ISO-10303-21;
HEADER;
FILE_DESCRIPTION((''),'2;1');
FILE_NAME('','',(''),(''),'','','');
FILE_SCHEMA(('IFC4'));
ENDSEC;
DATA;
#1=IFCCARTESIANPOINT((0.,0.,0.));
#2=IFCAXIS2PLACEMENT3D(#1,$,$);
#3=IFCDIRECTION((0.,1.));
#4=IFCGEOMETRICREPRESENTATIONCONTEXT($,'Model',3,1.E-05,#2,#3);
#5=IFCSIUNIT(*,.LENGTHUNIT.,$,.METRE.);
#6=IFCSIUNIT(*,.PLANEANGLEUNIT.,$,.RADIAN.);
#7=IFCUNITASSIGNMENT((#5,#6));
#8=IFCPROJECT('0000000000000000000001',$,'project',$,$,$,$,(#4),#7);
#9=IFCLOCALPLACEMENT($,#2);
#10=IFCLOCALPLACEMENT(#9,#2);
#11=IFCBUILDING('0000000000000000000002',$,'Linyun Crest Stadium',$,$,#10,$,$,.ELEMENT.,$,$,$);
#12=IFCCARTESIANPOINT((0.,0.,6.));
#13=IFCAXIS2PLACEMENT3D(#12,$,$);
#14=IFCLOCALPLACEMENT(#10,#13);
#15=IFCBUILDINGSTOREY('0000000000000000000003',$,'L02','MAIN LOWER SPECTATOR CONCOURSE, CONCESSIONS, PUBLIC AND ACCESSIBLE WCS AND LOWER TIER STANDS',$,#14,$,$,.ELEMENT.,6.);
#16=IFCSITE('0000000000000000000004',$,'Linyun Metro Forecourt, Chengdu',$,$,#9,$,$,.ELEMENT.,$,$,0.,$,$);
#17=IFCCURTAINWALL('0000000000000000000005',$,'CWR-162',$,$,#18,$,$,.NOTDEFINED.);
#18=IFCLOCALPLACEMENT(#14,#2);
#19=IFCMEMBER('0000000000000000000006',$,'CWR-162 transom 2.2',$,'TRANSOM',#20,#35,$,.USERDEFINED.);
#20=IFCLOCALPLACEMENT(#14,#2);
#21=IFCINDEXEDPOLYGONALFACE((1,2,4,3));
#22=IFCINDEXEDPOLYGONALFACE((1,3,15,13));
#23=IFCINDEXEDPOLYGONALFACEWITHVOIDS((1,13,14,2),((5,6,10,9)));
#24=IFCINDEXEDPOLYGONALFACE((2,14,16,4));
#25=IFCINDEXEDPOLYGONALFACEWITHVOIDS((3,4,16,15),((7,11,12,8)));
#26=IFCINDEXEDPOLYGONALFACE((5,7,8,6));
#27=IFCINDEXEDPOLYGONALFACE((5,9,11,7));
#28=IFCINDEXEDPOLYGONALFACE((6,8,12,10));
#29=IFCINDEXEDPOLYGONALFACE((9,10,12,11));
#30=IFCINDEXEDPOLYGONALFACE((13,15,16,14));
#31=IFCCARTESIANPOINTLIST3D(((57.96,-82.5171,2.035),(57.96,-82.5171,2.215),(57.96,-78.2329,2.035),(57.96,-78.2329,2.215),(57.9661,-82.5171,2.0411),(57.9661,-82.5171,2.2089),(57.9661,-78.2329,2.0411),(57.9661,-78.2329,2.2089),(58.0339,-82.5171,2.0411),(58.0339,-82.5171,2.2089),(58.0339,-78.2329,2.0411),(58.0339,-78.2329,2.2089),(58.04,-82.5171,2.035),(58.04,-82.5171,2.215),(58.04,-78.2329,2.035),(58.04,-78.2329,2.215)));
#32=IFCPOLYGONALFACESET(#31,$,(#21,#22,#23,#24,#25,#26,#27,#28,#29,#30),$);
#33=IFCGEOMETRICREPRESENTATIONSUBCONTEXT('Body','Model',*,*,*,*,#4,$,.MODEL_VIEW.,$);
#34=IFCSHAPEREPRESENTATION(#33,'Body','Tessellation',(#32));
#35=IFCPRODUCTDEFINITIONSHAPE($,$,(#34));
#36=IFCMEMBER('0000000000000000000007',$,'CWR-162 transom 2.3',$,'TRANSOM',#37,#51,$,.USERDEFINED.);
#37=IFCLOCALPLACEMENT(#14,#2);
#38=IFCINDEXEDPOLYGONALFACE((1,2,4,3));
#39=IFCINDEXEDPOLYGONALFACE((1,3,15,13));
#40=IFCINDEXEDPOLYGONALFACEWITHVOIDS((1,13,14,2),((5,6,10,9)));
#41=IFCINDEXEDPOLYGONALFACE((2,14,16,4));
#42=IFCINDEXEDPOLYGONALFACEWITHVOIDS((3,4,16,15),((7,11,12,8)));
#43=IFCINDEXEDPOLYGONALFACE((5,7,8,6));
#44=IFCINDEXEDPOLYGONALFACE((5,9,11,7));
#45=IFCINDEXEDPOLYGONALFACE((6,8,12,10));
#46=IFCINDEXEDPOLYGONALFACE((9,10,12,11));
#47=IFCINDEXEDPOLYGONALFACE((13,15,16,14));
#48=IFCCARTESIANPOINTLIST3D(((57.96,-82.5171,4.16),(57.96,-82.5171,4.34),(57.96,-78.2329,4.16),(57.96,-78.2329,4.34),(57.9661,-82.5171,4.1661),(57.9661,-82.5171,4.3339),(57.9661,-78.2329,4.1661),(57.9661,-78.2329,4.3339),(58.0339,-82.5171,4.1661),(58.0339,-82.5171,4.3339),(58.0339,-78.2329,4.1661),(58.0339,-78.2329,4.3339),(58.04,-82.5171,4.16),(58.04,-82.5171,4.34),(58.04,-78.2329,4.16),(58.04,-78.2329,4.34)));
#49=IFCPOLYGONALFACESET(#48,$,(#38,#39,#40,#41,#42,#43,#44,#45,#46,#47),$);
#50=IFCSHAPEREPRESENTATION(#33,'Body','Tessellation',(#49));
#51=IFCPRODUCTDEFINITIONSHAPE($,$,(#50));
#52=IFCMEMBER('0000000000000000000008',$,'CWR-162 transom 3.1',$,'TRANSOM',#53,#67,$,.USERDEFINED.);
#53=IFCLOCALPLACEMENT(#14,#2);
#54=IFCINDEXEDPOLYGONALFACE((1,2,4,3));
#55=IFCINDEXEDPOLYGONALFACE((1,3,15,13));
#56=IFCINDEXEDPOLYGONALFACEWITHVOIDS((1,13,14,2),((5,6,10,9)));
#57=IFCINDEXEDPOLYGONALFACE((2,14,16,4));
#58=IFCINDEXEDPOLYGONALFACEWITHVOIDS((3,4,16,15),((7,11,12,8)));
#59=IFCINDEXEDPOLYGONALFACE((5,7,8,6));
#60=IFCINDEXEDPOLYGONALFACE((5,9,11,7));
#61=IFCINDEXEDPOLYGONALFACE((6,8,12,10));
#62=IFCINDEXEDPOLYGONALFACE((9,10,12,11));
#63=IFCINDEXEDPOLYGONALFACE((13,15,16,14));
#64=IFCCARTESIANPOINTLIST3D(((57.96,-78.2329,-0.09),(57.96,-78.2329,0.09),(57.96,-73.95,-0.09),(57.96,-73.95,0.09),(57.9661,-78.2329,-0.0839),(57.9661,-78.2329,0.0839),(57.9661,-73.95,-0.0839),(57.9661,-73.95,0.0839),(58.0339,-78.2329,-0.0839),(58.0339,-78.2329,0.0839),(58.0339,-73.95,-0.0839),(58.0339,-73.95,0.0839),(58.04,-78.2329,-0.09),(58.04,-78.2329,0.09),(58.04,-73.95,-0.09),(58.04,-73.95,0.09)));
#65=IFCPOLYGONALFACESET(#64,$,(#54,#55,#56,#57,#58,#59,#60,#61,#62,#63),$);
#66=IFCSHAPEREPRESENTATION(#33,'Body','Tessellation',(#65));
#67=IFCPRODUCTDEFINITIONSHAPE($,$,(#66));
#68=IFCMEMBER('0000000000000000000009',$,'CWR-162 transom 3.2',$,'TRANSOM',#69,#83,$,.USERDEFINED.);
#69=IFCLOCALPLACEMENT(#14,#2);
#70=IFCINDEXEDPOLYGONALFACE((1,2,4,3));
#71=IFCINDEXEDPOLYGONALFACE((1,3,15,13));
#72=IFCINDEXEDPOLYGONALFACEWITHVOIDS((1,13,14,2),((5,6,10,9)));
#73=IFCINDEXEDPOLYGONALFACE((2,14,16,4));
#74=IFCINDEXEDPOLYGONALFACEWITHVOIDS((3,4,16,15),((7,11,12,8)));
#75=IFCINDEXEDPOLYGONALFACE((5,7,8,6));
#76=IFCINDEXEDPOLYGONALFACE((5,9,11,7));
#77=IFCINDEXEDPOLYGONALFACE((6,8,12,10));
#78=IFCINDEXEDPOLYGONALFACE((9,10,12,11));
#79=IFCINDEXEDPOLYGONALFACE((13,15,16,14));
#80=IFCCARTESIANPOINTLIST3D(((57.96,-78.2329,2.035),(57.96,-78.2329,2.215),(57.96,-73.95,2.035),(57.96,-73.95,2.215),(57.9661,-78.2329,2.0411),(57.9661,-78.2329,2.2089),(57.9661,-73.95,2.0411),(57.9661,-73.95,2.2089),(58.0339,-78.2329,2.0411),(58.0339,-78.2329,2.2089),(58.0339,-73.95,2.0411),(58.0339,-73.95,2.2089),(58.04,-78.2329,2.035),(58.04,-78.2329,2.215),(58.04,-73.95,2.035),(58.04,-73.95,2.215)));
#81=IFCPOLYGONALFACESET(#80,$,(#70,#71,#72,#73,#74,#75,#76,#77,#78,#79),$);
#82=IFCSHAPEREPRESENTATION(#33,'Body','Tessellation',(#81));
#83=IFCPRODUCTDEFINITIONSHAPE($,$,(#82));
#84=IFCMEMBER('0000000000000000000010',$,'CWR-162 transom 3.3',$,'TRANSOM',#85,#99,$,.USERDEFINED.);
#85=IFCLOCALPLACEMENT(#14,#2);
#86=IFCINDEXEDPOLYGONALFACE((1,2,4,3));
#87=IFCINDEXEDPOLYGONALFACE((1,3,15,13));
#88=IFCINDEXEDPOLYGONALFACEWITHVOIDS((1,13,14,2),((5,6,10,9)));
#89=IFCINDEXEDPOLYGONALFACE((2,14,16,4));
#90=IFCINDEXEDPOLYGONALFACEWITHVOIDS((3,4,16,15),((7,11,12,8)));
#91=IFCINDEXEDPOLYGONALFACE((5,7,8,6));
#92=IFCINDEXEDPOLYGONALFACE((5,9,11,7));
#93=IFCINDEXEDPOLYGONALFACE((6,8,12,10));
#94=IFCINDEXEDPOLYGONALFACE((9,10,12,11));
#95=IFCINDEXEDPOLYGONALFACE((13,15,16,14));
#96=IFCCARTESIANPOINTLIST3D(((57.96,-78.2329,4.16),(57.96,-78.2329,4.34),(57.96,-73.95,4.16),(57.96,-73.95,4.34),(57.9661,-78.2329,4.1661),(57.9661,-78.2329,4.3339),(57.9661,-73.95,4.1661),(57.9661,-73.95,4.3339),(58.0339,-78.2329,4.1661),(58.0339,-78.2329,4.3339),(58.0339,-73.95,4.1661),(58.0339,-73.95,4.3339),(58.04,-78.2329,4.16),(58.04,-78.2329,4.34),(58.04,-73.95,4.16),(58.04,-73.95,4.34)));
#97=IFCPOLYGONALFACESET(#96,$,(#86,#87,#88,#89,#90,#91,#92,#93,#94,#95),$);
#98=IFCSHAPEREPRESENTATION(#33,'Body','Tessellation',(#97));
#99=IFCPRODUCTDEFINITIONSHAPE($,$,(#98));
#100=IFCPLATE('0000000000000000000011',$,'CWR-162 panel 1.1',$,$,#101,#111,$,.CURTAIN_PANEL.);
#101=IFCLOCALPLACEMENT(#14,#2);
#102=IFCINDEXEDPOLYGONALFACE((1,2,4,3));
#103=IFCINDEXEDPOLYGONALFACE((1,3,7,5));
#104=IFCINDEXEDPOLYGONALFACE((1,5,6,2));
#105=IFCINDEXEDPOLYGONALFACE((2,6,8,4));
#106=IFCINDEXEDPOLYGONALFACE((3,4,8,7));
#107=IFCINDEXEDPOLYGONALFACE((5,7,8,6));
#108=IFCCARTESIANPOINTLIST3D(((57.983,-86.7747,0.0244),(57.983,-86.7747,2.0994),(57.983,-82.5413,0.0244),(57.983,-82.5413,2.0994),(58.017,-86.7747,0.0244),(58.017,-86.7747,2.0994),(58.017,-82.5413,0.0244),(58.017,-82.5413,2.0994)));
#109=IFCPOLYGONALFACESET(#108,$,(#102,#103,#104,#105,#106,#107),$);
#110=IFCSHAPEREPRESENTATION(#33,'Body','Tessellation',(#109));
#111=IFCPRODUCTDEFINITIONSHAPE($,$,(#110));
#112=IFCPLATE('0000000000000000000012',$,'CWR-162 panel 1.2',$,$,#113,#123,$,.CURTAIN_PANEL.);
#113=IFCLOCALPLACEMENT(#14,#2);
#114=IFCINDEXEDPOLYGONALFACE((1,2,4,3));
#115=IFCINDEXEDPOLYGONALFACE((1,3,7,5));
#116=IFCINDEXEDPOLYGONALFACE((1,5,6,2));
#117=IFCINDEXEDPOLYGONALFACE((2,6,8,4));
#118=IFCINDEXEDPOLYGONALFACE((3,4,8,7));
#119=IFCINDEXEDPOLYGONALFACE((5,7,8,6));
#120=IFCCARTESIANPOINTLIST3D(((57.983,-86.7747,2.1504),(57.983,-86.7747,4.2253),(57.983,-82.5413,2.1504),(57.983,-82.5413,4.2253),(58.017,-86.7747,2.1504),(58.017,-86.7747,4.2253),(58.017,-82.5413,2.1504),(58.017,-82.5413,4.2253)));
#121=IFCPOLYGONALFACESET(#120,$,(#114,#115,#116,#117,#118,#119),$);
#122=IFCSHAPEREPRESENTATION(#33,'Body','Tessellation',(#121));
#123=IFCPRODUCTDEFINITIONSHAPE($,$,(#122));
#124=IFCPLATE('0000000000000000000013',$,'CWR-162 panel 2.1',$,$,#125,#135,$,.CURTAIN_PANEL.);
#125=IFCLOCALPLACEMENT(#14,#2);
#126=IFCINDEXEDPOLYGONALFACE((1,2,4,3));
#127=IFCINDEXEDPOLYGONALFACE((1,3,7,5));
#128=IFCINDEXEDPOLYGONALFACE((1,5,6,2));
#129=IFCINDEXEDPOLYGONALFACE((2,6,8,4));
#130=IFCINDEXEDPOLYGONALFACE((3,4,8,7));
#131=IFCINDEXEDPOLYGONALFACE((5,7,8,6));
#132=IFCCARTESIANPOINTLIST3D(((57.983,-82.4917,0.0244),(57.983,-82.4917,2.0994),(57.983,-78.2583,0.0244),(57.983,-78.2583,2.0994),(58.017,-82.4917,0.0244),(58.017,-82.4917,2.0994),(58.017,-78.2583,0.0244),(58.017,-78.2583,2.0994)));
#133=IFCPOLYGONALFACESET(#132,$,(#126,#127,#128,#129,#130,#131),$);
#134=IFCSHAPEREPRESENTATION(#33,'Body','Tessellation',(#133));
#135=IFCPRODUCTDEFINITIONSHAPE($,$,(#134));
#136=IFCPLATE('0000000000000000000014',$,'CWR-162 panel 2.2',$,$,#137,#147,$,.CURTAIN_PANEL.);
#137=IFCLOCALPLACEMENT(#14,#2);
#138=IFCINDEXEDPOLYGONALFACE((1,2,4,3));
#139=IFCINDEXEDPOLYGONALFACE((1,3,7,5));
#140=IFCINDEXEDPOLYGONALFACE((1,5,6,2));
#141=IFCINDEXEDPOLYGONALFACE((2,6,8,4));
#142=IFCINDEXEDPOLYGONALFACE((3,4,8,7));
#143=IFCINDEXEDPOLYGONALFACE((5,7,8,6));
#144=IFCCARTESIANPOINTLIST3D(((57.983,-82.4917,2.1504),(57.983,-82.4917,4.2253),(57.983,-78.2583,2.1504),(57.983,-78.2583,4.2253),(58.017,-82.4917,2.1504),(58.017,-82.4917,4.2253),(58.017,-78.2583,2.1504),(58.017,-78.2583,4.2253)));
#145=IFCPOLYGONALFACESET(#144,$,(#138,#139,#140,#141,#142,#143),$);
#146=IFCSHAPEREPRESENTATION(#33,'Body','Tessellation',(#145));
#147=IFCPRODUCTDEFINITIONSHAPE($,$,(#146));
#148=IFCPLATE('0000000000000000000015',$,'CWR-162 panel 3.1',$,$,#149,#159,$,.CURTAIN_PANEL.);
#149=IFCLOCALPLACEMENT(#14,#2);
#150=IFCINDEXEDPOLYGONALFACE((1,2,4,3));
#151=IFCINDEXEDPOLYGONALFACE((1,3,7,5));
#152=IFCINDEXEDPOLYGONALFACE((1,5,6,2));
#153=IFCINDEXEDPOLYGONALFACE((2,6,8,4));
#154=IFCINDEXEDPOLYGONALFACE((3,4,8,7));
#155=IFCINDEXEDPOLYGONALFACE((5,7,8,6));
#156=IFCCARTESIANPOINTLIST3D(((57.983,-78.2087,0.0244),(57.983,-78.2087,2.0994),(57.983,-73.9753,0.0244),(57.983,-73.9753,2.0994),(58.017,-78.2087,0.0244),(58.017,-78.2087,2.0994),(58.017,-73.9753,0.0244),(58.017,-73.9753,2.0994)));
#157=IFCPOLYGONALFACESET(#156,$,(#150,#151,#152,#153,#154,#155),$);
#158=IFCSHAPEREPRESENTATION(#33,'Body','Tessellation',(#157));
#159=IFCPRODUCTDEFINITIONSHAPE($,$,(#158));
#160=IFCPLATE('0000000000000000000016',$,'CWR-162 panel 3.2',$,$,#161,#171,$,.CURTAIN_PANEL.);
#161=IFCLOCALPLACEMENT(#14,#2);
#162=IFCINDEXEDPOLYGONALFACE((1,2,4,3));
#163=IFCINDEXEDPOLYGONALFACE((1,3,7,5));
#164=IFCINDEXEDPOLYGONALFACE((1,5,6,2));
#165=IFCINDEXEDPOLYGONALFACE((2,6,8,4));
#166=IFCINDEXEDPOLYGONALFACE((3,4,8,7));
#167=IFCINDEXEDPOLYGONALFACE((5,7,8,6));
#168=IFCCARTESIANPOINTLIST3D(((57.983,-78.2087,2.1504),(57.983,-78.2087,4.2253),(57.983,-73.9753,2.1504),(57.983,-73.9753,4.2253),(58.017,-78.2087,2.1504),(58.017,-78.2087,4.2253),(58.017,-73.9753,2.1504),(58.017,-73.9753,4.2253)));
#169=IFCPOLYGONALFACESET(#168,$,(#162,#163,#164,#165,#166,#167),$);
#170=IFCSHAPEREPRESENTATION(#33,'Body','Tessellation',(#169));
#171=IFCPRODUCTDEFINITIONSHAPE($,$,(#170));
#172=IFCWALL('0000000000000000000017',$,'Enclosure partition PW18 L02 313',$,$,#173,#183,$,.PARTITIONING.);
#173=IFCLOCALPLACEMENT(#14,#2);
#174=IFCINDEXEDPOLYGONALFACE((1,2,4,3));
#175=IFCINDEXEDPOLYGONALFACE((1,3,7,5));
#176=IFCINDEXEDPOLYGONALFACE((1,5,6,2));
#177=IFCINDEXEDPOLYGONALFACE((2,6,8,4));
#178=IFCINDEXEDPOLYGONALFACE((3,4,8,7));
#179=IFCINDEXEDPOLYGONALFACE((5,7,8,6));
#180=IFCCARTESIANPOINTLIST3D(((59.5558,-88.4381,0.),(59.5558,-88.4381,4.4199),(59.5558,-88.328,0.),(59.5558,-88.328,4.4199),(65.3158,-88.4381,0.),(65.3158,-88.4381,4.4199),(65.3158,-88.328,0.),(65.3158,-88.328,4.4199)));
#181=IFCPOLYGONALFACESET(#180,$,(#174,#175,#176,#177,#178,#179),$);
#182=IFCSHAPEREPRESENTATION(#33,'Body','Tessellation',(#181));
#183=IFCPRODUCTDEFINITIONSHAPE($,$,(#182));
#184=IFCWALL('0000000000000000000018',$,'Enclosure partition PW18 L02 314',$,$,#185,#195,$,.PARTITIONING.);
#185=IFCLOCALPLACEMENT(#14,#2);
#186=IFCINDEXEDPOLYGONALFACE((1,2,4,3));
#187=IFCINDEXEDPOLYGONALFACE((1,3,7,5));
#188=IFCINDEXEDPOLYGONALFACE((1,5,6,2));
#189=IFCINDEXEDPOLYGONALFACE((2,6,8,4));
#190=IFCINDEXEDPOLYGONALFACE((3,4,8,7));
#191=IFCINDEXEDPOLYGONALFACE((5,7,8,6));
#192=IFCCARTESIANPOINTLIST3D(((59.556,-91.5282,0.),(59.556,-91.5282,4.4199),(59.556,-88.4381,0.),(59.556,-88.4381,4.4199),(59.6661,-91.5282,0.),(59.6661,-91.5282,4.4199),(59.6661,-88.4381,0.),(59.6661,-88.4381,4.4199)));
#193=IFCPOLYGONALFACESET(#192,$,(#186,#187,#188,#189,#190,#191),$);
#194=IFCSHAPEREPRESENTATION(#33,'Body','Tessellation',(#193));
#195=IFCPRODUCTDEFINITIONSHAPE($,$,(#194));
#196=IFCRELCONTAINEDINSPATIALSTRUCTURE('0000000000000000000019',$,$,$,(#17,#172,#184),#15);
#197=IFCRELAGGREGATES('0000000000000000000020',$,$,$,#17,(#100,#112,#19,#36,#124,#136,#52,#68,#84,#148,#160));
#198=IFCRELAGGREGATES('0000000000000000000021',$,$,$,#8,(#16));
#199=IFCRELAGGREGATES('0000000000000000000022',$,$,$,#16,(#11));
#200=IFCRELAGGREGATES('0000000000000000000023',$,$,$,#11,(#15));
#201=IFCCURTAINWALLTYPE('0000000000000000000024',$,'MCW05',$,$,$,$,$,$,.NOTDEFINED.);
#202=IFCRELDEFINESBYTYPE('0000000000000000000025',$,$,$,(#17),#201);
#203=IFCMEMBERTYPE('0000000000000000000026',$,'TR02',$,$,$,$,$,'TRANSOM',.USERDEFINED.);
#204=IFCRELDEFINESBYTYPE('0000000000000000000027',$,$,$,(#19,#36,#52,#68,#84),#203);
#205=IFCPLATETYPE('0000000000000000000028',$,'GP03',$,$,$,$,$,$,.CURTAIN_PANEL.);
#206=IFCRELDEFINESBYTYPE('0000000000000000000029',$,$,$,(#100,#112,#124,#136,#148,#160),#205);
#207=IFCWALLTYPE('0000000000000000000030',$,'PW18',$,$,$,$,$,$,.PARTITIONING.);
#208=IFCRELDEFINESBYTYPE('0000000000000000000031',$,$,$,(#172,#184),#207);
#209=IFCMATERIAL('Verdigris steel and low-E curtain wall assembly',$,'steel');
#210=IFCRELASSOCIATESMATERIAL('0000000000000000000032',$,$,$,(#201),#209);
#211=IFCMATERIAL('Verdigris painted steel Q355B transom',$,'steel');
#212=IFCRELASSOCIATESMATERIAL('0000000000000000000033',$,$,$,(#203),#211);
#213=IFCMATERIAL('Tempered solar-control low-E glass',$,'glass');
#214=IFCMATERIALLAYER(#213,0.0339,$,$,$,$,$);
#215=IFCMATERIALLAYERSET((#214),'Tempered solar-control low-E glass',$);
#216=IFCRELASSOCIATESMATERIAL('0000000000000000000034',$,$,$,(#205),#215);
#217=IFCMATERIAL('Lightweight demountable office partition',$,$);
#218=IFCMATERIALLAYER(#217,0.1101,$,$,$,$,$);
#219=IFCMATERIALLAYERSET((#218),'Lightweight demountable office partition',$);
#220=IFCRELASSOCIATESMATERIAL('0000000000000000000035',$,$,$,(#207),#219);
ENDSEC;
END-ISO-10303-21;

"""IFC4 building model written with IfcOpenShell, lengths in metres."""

from ifc_helpers import new_model, si_unit, direction, frame, frame_2d, origin, origin_2d, place, context, subcontext, project, spatial, rectangle, hollow_rectangle, extrude, material, layer, layer_set, material_profile, profile_set, type_object, element, aggregate, save


model = new_model("IFC4")

# Units and contexts
model_context = context("Model", 3, precision=1e-05, world=origin(), true_north=direction((0.0, 1.0)))
body_context = subcontext(model_context, "Body", "Model", "MODEL_VIEW")
ifc_project = project(units=[si_unit("LENGTHUNIT", "METRE"), si_unit("PLANEANGLEUNIT", "RADIAN")], contexts=[model_context])

# Site, building, storey
site_placement = place(None, origin())
site = spatial("IfcSite", under=ifc_project, at=site_placement, Name="Linyun Metro Forecourt, Chengdu", CompositionType="ELEMENT", RefElevation=0.0)
building_placement = place(site_placement, origin())
building = spatial("IfcBuilding", under=site, at=building_placement, Name="Linyun Crest Stadium", CompositionType="ELEMENT")
storey_placement = place(building_placement, frame((0.0, 0.0, 6.0)))
storey = spatial("IfcBuildingStorey", under=building, at=storey_placement, Name="L02", Description="MAIN LOWER SPECTATOR CONCOURSE, CONCESSIONS, PUBLIC AND ACCESSIBLE WCS AND LOWER TIER STANDS", CompositionType="ELEMENT", Elevation=6.0)

# Curtain wall
ifc_material_1 = material(Name="Verdigris steel and low-E curtain wall assembly", Category="steel")
curtain_wall_type = type_object("IfcCurtainWallType", Name="MCW05", PredefinedType="NOTDEFINED", material=ifc_material_1)
curtain_wall_placement = place(storey_placement, origin())
curtain_wall = element("IfcCurtainWall", 1, at=curtain_wall_placement, inside=storey, type_object=curtain_wall_type, Name="CWR-162", PredefinedType="NOTDEFINED")

# Members
ifc_material_2 = material(Name="Verdigris painted steel Q355B transom", Category="steel")
ifc_material_profile_1 = material_profile(ifc_material_2, hollow_rectangle(XDim=0.0801, YDim=0.1799, WallThickness=0.0061, at=origin_2d()), Name="RHS 180x80x6")
ifc_profile_set_1 = profile_set([ifc_material_profile_1], Name="Verdigris painted steel Q355B transom")
member_type_1 = type_object("IfcMemberType", Name="TR02", ElementType="TRANSOM", PredefinedType="USERDEFINED", material=ifc_profile_set_1)
member_1_placement = place(storey_placement, frame((58.0, -82.5171, 2.125), z_axis=(0.0, 1.0, 0.0), x_axis=(-1.0, 0.0, 0.0)))
member_1 = element("IfcMember", 2, at=member_1_placement, type_object=member_type_1, Name="CWR-162 transom 2.2", ObjectType="TRANSOM", PredefinedType="USERDEFINED", context=body_context, shape_type="SweptSolid", body=[
    extrude(hollow_rectangle(XDim=0.0801, YDim=0.1799, WallThickness=0.0061, at=origin_2d()), origin(), (0.0, 0.0, 1.0), 4.2842),
])
member_2_placement = place(storey_placement, frame((58.0, -82.5171, 4.25), z_axis=(0.0, 1.0, 0.0), x_axis=(-1.0, 0.0, 0.0)))
member_2 = element("IfcMember", 3, at=member_2_placement, type_object=member_type_1, Name="CWR-162 transom 2.3", ObjectType="TRANSOM", PredefinedType="USERDEFINED", context=body_context, shape_type="SweptSolid", body=[
    extrude(hollow_rectangle(XDim=0.0801, YDim=0.1799, WallThickness=0.0061, at=origin_2d()), origin(), (0.0, 0.0, 1.0), 4.2842),
])
member_3_placement = place(storey_placement, frame((58.0, -78.2329, 0.0), z_axis=(0.0, 1.0, 0.0), x_axis=(-1.0, 0.0, 0.0)))
member_3 = element("IfcMember", 4, at=member_3_placement, type_object=member_type_1, Name="CWR-162 transom 3.1", ObjectType="TRANSOM", PredefinedType="USERDEFINED", context=body_context, shape_type="SweptSolid", body=[
    extrude(hollow_rectangle(XDim=0.0801, YDim=0.1799, WallThickness=0.0061, at=origin_2d()), origin(), (0.0, 0.0, 1.0), 4.283),
])
member_4_placement = place(storey_placement, frame((58.0, -78.2329, 2.125), z_axis=(0.0, 1.0, 0.0), x_axis=(-1.0, 0.0, 0.0)))
member_4 = element("IfcMember", 5, at=member_4_placement, type_object=member_type_1, Name="CWR-162 transom 3.2", ObjectType="TRANSOM", PredefinedType="USERDEFINED", context=body_context, shape_type="SweptSolid", body=[
    extrude(hollow_rectangle(XDim=0.0801, YDim=0.1799, WallThickness=0.0061, at=origin_2d()), origin(), (0.0, 0.0, 1.0), 4.283),
])
member_5_placement = place(storey_placement, frame((58.0, -78.2329, 4.25), z_axis=(0.0, 1.0, 0.0), x_axis=(-1.0, 0.0, 0.0)))
member_5 = element("IfcMember", 6, at=member_5_placement, type_object=member_type_1, Name="CWR-162 transom 3.3", ObjectType="TRANSOM", PredefinedType="USERDEFINED", context=body_context, shape_type="SweptSolid", body=[
    extrude(hollow_rectangle(XDim=0.0801, YDim=0.1799, WallThickness=0.0061, at=origin_2d()), origin(), (0.0, 0.0, 1.0), 4.283),
])

# Plates
ifc_material_3 = material(Name="Tempered solar-control low-E glass", Category="glass")
ifc_layer_1 = layer(ifc_material_3, 0.0339)
ifc_layer_set_1 = layer_set([ifc_layer_1], Name="Tempered solar-control low-E glass")
plate_type = type_object("IfcPlateType", Name="GP03", PredefinedType="CURTAIN_PANEL", material=ifc_layer_set_1)
plate_1_placement = place(storey_placement, frame((58.0, -84.658, 0.0244), z_axis=(0.0, 0.0, 1.0), x_axis=(0.0, 1.0, 0.0)))
plate_1 = element("IfcPlate", 7, at=plate_1_placement, type_object=plate_type, Name="CWR-162 panel 1.1", PredefinedType="CURTAIN_PANEL", context=body_context, shape_type="SweptSolid", body=[
    extrude(rectangle(XDim=4.2334, YDim=0.0339, at=origin_2d()), origin(), (0.0, 0.0, 1.0), 2.075),
])
plate_2_placement = place(storey_placement, frame((58.0, -84.658, 2.1504), z_axis=(0.0, 0.0, 1.0), x_axis=(0.0, 1.0, 0.0)))
plate_2 = element("IfcPlate", 8, at=plate_2_placement, type_object=plate_type, Name="CWR-162 panel 1.2", PredefinedType="CURTAIN_PANEL", context=body_context, shape_type="SweptSolid", body=[
    extrude(rectangle(XDim=4.2334, YDim=0.0339, at=origin_2d()), origin(), (0.0, 0.0, 1.0), 2.075),
])
plate_3_placement = place(storey_placement, frame((58.0, -80.375, 0.0244), z_axis=(0.0, 0.0, 1.0), x_axis=(0.0, 1.0, 0.0)))
plate_3 = element("IfcPlate", 9, at=plate_3_placement, type_object=plate_type, Name="CWR-162 panel 2.1", PredefinedType="CURTAIN_PANEL", context=body_context, shape_type="SweptSolid", body=[
    extrude(rectangle(XDim=4.2334, YDim=0.0339, at=origin_2d()), origin(), (0.0, 0.0, 1.0), 2.075),
])
plate_4_placement = place(storey_placement, frame((58.0, -80.375, 2.1504), z_axis=(0.0, 0.0, 1.0), x_axis=(0.0, 1.0, 0.0)))
plate_4 = element("IfcPlate", 10, at=plate_4_placement, type_object=plate_type, Name="CWR-162 panel 2.2", PredefinedType="CURTAIN_PANEL", context=body_context, shape_type="SweptSolid", body=[
    extrude(rectangle(XDim=4.2334, YDim=0.0339, at=origin_2d()), origin(), (0.0, 0.0, 1.0), 2.075),
])
plate_5_placement = place(storey_placement, frame((58.0, -76.092, 0.0244), z_axis=(0.0, 0.0, 1.0), x_axis=(0.0, 1.0, 0.0)))
plate_5 = element("IfcPlate", 11, at=plate_5_placement, type_object=plate_type, Name="CWR-162 panel 3.1", PredefinedType="CURTAIN_PANEL", context=body_context, shape_type="SweptSolid", body=[
    extrude(rectangle(XDim=4.2334, YDim=0.0339, at=origin_2d()), origin(), (0.0, 0.0, 1.0), 2.075),
])
plate_6_placement = place(storey_placement, frame((58.0, -76.092, 2.1504), z_axis=(0.0, 0.0, 1.0), x_axis=(0.0, 1.0, 0.0)))
plate_6 = element("IfcPlate", 12, at=plate_6_placement, type_object=plate_type, Name="CWR-162 panel 3.2", PredefinedType="CURTAIN_PANEL", context=body_context, shape_type="SweptSolid", body=[
    extrude(rectangle(XDim=4.2334, YDim=0.0339, at=origin_2d()), origin(), (0.0, 0.0, 1.0), 2.075),
])
aggregate(curtain_wall, [plate_1, plate_2, member_1, member_2, plate_3, plate_4, member_3, member_4, member_5, plate_5, plate_6])

# Shared definitions
ifc_material_4 = material(Name="Lightweight demountable office partition")
ifc_layer_2 = layer(ifc_material_4, 0.1101)
ifc_layer_set_2 = layer_set([ifc_layer_2], Name="Lightweight demountable office partition")
wall_type_1 = type_object("IfcWallType", Name="PW18", PredefinedType="PARTITIONING", material=ifc_layer_set_2)

# Walls
wall_1_placement = place(storey_placement, frame((59.5559, -88.3831, 0.0), z_axis=(0.0, 0.0, 1.0), x_axis=(1.0, 0.0, 0.0)))
element("IfcWall", 13, at=wall_1_placement, inside=storey, type_object=wall_type_1, Name="Enclosure partition PW18 L02 313", PredefinedType="PARTITIONING", context=body_context, shape_type="SweptSolid", body=[
    extrude(rectangle(XDim=5.76, YDim=0.1101, at=frame_2d((2.8799, 0.0))), origin(), (0.0, 0.0, 1.0), 4.4199),
])
for number, where, z_axis, x_axis, name in (
    (14, (59.6111, -91.5281, 0.0), (0.0, 0.0, 1.0), (0.0, 1.0, 0.0), "Enclosure partition PW18 L02 314"),
):
    element("IfcWall", number, at=place(storey_placement, frame(where, z_axis=z_axis, x_axis=x_axis)), inside=storey, type_object=wall_type_1, Name=name, PredefinedType="PARTITIONING", context=body_context, shape_type="SweptSolid", body=[
        extrude(rectangle(XDim=3.0901, YDim=0.1101, at=frame_2d((1.5449, 0.0))), origin(), (0.0, 0.0, 1.0), 4.4199),
    ])

save(model, "model.ifc")
